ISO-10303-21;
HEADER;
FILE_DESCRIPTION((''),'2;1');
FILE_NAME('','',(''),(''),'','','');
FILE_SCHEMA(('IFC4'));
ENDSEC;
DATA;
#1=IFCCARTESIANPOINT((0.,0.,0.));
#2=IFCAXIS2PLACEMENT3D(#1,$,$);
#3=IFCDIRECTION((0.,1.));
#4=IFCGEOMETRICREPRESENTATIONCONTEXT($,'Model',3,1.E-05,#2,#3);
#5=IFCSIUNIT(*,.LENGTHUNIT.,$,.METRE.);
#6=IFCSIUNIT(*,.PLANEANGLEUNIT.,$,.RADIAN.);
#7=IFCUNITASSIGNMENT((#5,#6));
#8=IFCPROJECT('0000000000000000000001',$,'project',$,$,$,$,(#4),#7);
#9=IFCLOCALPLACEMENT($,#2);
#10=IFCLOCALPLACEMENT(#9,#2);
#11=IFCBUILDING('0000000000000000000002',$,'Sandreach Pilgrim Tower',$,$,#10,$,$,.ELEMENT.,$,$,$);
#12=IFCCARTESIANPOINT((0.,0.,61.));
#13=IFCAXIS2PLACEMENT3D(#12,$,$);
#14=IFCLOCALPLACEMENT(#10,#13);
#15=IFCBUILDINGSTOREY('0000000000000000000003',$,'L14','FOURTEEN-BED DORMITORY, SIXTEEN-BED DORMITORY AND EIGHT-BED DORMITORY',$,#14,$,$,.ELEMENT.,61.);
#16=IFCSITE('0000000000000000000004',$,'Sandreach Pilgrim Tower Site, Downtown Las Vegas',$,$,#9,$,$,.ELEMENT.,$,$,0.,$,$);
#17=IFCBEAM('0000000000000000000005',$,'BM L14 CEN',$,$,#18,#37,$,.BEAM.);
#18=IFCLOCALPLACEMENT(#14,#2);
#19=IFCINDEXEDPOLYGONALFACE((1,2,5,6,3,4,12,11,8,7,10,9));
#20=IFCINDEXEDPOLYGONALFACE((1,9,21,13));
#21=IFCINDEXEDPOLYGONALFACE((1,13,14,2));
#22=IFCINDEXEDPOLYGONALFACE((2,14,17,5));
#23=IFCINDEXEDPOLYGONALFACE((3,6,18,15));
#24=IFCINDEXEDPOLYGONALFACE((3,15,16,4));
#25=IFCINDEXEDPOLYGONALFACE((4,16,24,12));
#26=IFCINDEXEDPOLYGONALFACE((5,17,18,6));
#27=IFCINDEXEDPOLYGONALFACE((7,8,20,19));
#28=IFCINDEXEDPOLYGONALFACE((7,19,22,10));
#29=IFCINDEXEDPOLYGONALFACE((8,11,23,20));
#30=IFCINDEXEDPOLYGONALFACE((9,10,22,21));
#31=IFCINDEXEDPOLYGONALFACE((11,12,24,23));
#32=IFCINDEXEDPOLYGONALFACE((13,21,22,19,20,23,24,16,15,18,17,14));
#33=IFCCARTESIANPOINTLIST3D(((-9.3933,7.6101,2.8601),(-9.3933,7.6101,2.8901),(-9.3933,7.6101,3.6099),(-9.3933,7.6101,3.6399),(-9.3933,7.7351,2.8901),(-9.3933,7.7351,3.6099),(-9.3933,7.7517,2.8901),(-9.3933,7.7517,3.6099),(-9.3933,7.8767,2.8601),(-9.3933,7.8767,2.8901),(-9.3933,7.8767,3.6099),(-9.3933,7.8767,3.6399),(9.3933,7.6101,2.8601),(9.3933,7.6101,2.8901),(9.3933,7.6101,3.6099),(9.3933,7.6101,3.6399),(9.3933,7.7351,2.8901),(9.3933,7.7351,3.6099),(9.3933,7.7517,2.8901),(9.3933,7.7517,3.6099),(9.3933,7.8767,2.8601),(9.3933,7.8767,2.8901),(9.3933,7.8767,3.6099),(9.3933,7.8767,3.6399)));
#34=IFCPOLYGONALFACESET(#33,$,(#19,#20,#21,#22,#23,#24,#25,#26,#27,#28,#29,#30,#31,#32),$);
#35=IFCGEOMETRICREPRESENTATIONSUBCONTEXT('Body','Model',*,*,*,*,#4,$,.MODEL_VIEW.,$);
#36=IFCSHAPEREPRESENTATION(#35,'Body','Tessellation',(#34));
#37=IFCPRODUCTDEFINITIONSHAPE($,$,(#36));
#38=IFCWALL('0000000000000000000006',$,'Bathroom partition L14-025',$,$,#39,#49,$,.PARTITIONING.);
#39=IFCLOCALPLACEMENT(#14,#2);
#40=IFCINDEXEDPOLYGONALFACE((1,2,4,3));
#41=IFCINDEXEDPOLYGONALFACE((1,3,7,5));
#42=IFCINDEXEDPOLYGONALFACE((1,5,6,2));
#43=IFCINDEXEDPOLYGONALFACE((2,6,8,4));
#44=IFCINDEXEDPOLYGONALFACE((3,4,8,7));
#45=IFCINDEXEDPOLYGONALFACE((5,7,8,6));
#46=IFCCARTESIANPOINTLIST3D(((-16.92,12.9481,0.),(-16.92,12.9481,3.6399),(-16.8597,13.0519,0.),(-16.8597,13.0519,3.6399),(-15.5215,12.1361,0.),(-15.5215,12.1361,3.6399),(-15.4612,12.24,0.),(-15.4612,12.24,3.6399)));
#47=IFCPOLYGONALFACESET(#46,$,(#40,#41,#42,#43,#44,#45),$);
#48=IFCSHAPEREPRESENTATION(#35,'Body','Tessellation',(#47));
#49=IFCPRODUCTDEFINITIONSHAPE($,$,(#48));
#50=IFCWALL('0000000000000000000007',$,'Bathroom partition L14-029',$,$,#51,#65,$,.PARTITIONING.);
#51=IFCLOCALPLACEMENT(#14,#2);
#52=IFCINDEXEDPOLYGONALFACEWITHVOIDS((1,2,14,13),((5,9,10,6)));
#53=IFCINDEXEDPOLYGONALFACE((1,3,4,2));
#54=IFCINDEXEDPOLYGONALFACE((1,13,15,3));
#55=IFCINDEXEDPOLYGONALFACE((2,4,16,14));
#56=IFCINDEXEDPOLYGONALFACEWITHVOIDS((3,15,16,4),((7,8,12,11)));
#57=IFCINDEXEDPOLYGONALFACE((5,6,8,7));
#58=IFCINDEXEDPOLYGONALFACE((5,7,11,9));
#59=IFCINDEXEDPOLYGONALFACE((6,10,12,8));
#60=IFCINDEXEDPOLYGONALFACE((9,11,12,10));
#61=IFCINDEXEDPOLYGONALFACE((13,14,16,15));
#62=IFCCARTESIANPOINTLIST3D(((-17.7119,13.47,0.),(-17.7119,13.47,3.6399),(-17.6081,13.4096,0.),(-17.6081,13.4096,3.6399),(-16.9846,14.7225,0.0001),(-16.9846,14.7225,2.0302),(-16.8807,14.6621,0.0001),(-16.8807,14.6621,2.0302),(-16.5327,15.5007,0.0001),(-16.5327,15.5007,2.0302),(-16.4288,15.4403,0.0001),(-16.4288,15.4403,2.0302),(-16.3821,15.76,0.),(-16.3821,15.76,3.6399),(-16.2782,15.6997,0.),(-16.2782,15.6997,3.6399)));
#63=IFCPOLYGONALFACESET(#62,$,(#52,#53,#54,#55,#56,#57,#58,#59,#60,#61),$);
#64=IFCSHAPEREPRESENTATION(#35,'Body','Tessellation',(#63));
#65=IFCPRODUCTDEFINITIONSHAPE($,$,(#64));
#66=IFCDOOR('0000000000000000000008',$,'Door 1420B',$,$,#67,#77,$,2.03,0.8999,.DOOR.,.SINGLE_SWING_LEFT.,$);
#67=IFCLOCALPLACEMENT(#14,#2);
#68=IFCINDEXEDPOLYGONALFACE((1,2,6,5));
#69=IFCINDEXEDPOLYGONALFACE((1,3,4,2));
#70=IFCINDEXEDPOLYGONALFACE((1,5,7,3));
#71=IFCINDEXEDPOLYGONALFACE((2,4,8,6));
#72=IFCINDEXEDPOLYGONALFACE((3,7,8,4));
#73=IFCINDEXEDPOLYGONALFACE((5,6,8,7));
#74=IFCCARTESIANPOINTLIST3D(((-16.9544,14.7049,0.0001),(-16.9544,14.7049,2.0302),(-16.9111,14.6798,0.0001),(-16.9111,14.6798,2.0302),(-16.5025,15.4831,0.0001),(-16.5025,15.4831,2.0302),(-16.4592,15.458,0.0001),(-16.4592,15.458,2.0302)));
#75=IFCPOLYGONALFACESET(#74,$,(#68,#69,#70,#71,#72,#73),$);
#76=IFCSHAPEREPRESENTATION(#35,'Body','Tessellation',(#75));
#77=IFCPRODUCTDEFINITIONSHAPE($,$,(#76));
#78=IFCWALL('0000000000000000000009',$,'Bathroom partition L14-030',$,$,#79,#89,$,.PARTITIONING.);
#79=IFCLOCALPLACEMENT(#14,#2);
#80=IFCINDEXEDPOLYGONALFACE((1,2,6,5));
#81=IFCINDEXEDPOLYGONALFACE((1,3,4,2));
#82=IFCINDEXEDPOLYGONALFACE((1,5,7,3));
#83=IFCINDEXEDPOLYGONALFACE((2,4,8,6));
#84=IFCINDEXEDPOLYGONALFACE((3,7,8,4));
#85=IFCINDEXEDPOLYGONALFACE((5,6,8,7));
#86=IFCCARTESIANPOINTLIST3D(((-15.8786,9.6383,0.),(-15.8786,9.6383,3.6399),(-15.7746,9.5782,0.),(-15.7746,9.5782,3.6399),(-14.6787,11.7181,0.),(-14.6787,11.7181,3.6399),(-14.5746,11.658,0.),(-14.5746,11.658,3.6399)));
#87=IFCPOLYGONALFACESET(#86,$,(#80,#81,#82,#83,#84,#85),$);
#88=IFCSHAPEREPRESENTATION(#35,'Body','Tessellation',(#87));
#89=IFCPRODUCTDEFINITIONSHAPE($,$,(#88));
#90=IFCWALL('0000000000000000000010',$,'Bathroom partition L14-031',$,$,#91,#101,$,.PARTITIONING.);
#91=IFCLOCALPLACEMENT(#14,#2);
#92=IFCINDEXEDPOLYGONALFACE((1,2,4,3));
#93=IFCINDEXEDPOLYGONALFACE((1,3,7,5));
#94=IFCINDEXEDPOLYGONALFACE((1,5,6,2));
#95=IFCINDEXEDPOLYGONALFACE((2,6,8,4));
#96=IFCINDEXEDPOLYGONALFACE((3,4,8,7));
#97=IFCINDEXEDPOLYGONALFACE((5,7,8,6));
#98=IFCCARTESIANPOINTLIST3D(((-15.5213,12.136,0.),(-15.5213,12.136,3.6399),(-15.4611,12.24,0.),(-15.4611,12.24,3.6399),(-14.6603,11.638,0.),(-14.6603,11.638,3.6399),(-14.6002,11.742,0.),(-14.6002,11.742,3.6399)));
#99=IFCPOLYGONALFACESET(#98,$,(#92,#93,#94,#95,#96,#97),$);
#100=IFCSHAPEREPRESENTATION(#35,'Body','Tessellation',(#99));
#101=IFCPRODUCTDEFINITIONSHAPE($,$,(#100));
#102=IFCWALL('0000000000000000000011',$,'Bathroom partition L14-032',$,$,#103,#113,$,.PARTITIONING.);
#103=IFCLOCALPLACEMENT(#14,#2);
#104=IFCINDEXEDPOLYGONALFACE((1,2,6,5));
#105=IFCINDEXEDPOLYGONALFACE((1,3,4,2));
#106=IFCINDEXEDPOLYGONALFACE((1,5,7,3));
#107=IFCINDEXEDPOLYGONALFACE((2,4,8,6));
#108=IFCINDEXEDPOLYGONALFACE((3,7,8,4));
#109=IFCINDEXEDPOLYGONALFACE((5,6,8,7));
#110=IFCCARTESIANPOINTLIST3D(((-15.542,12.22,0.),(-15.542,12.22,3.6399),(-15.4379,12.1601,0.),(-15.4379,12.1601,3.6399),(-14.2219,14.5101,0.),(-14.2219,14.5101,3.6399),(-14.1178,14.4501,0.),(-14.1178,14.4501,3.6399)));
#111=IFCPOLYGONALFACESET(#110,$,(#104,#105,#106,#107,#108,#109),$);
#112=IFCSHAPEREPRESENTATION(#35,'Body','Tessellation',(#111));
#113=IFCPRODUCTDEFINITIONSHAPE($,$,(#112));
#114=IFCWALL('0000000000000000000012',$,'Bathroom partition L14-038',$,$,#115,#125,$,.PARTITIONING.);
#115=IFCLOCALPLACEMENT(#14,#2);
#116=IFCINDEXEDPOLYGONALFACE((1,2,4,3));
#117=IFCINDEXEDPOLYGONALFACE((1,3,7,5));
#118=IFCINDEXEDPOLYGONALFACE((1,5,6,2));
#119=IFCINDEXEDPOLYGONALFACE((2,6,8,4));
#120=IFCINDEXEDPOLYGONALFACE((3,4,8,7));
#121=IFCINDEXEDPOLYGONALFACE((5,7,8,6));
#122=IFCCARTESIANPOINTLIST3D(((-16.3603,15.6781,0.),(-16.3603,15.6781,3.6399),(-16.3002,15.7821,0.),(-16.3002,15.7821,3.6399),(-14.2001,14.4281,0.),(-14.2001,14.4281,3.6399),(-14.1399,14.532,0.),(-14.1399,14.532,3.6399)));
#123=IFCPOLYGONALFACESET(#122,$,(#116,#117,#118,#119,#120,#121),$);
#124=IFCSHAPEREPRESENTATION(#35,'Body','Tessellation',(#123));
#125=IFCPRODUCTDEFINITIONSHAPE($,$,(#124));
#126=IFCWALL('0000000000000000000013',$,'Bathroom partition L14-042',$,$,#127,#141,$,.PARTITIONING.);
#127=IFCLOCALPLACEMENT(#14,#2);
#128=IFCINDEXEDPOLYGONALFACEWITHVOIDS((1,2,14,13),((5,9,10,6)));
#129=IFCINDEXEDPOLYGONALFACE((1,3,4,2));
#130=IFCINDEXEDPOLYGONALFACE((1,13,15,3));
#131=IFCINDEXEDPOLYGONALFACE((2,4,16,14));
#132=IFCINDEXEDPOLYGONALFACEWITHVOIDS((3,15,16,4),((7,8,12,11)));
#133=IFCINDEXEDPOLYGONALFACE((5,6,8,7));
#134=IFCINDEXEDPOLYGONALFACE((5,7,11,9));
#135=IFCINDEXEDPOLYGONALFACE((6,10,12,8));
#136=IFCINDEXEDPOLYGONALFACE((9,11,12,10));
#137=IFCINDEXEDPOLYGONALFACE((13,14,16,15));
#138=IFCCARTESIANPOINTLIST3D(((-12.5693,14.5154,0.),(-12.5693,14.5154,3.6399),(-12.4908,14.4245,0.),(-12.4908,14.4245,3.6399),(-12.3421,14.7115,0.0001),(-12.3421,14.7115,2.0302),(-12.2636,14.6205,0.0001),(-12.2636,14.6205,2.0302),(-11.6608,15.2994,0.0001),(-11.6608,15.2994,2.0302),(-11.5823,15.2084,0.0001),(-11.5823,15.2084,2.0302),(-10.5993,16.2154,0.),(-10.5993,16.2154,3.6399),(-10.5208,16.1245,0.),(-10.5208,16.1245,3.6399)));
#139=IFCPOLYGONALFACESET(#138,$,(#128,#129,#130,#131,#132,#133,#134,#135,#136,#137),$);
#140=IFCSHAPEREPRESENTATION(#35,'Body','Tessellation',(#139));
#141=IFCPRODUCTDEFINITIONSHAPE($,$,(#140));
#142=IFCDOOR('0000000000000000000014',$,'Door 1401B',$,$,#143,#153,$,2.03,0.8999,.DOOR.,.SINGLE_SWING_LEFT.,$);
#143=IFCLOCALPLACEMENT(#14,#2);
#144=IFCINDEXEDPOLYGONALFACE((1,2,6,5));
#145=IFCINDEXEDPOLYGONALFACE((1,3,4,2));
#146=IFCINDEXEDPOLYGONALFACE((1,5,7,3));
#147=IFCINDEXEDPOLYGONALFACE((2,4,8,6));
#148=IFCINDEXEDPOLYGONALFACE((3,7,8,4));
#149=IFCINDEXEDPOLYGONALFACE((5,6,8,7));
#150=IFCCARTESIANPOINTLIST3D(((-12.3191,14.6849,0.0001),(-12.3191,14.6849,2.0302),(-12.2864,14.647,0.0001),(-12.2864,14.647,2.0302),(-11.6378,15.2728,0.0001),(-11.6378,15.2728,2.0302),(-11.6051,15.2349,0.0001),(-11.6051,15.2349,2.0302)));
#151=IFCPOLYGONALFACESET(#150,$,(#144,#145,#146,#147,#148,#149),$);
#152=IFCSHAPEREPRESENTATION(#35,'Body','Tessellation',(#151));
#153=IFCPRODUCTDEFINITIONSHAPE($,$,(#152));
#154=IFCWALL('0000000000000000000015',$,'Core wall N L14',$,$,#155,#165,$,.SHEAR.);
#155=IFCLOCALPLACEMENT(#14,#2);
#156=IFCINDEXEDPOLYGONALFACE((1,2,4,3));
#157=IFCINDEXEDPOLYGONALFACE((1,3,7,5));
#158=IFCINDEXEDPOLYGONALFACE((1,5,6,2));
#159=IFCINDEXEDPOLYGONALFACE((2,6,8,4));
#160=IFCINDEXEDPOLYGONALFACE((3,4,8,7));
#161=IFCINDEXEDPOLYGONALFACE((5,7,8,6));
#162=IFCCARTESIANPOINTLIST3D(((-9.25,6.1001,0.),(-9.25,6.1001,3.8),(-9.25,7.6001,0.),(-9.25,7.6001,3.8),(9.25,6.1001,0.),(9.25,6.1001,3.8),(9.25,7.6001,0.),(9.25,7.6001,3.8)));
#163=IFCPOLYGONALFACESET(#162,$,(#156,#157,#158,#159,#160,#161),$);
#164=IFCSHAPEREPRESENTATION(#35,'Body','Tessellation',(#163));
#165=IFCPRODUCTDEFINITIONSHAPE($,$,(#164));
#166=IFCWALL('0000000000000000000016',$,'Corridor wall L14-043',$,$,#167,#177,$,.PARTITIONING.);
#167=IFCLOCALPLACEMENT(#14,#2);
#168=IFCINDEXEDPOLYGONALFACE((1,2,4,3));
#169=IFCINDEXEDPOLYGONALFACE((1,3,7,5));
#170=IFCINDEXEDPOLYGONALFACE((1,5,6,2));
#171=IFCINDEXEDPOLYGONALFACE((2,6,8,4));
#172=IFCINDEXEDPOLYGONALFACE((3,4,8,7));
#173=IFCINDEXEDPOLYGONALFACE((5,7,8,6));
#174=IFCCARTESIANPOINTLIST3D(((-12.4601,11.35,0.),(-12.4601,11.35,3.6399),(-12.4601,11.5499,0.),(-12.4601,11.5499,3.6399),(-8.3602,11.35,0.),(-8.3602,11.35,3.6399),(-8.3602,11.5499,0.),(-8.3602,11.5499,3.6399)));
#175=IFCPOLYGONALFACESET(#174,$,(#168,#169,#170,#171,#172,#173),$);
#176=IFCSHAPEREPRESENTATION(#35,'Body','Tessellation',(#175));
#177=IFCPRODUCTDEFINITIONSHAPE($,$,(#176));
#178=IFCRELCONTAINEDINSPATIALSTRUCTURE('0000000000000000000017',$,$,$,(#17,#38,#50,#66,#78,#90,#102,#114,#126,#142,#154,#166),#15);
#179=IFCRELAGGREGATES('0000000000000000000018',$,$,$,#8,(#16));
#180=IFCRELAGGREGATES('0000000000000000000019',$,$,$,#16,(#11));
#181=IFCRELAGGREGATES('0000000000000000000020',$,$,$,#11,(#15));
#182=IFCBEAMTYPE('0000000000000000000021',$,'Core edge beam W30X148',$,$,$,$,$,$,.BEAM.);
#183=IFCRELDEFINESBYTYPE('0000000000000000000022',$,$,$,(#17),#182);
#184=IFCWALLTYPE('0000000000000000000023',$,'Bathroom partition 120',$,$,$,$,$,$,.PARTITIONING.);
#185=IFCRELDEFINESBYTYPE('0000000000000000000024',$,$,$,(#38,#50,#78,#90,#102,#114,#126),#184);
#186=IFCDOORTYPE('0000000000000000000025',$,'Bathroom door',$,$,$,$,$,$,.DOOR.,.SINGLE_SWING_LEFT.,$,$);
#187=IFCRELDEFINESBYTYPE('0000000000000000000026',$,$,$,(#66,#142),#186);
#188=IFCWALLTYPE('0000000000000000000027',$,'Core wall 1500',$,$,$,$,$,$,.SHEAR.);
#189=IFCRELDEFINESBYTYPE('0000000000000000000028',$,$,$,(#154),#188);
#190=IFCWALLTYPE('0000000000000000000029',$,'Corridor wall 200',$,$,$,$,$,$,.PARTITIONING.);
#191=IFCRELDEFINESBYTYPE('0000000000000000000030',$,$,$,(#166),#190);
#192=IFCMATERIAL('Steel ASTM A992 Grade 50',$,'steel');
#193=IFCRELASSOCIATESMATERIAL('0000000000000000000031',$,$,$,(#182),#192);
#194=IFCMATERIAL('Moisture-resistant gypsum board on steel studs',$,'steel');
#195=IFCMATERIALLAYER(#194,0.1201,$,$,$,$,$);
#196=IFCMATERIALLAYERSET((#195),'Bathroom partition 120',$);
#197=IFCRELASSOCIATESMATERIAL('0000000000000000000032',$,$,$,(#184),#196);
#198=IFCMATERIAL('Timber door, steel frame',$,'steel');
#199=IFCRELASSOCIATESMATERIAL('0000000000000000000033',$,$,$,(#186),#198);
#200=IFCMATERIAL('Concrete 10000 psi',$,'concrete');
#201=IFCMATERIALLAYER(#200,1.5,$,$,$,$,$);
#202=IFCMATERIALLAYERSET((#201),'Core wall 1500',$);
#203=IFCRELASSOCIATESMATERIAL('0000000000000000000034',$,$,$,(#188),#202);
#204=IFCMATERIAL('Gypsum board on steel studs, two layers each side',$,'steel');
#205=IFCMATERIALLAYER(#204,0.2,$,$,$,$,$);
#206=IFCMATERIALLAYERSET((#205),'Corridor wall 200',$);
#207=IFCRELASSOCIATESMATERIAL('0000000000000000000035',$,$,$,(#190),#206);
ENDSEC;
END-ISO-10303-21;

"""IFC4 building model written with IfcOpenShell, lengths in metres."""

from ifc_helpers import new_model, si_unit, direction, frame, frame_2d, origin, origin_2d, place, context, subcontext, project, spatial, rectangle, i_section, extrude, material, layer, layer_set, material_profile, profile_set, type_object, element, fill, save


model = new_model("IFC4")

# Units and contexts
model_context = context("Model", 3, precision=1e-05, world=origin(), true_north=direction((0.0, 1.0)))
body_context = subcontext(model_context, "Body", "Model", "MODEL_VIEW")
ifc_project = project(units=[si_unit("LENGTHUNIT", "METRE"), si_unit("PLANEANGLEUNIT", "RADIAN")], contexts=[model_context])

# Site, building, storey
site_placement = place(None, origin())
site = spatial("IfcSite", under=ifc_project, at=site_placement, Name="Sandreach Pilgrim Tower Site, Downtown Las Vegas", CompositionType="ELEMENT", RefElevation=0.0)
building_placement = place(site_placement, origin())
building = spatial("IfcBuilding", under=site, at=building_placement, Name="Sandreach Pilgrim Tower", CompositionType="ELEMENT")
storey_placement = place(building_placement, frame((0.0, 0.0, 61.0)))
storey = spatial("IfcBuildingStorey", under=building, at=storey_placement, Name="L14", Description="FOURTEEN-BED DORMITORY, SIXTEEN-BED DORMITORY AND EIGHT-BED DORMITORY", CompositionType="ELEMENT", Elevation=61.0)

# Beam
ifc_material_1 = material(Name="Steel ASTM A992 Grade 50", Category="steel")
ifc_material_profile = material_profile(ifc_material_1, i_section(OverallWidth=0.2666, OverallDepth=0.7798, WebThickness=0.0166, FlangeThickness=0.03, at=origin_2d()), Name="W30X148")
ifc_profile_set = profile_set([ifc_material_profile], Name="Steel ASTM A992 Grade 50")
beam_type = type_object("IfcBeamType", Name="Core edge beam W30X148", PredefinedType="BEAM", material=ifc_profile_set)
beam_placement = place(storey_placement, frame((-9.3933, 7.7434, 3.25), z_axis=(1.0, 0.0, 0.0), x_axis=(0.0, 1.0, 0.0)))
element("IfcBeam", 1, at=beam_placement, inside=storey, type_object=beam_type, Name="BM L14 CEN", PredefinedType="BEAM", context=body_context, shape_type="SweptSolid", body=[
    extrude(i_section(OverallWidth=0.2666, OverallDepth=0.7798, WebThickness=0.0166, FlangeThickness=0.03, at=origin_2d()), origin(), (0.0, 0.0, 1.0), 18.7866),
])

# Wall
ifc_material_2 = material(Name="Moisture-resistant gypsum board on steel studs", Category="steel")
ifc_layer_1 = layer(ifc_material_2, 0.1201)
ifc_layer_set_1 = layer_set([ifc_layer_1], Name="Bathroom partition 120")
wall_type_1 = type_object("IfcWallType", Name="Bathroom partition 120", PredefinedType="PARTITIONING", material=ifc_layer_set_1)
wall_1_placement = place(storey_placement, frame((-16.8899, 13.0, 0.0), z_axis=(0.0, 0.0, 1.0), x_axis=(0.864823, -0.502077, 0.0)))
element("IfcWall", 2, at=wall_1_placement, inside=storey, type_object=wall_type_1, Name="Bathroom partition L14-025", PredefinedType="PARTITIONING", context=body_context, shape_type="SweptSolid", body=[
    extrude(rectangle(XDim=1.6172, YDim=0.1201, at=frame_2d((0.8086, 0.0))), origin(), (0.0, 0.0, 1.0), 3.6399),
])

# Wall, opening, door
wall_2_placement = place(storey_placement, frame((-16.3301, 15.73, 0.0), z_axis=(0.0, 0.0, 1.0), x_axis=(-0.502173, -0.864767, 0.0)))
wall_2 = element("IfcWall", 3, at=wall_2_placement, inside=storey, type_object=wall_type_1, Name="Bathroom partition L14-029", PredefinedType="PARTITIONING", context=body_context, shape_type="SweptSolid", body=[
    extrude(rectangle(XDim=2.6482, YDim=0.1201, at=frame_2d((1.3242, 0.0))), origin(), (0.0, 0.0, 1.0), 3.6399),
])
opening_1_placement = place(wall_2_placement, frame((0.3, 0.0, 0.0)))
opening_1 = element("IfcOpeningElement", 4, at=opening_1_placement, cuts=wall_2, PredefinedType="OPENING", context=body_context, shape_type="SweptSolid", body=[
    extrude(rectangle(XDim=0.8999, YDim=2.03, at=frame_2d((0.45, 1.0151))), frame((0.0, 0.0601, 0.0), z_axis=(0.0, -1.0, 0.0), x_axis=(1.0, 0.0, 0.0)), (0.0, 0.0, 1.0), 0.1201),
])
ifc_material_3 = material(Name="Timber door, steel frame", Category="steel")
door_type_1 = type_object("IfcDoorType", Name="Bathroom door", OperationType="SINGLE_SWING_LEFT", PredefinedType="DOOR", material=ifc_material_3)
door_1_placement = place(opening_1_placement, origin())
door_1 = element("IfcDoor", 5, at=door_1_placement, inside=storey, type_object=door_type_1, Name="Door 1420B", OperationType="SINGLE_SWING_LEFT", OverallHeight=2.03, OverallWidth=0.8999, PredefinedType="DOOR", context=body_context, shape_type="SweptSolid", body=[
    extrude(rectangle(XDim=0.8999, YDim=2.03, at=frame_2d((0.45, 1.0151))), frame((0.0, 0.0249, 0.0), z_axis=(0.0, -1.0, 0.0), x_axis=(1.0, 0.0, 0.0)), (0.0, 0.0, 1.0), 0.05),
])
fill(opening_1, door_1)

# Walls
wall_3_placement = place(storey_placement, frame((-15.8267, 9.6082, 0.0), z_axis=(0.0, 0.0, 1.0), x_axis=(0.499737, 0.866177, 0.0)))
element("IfcWall", 6, at=wall_3_placement, inside=storey, type_object=wall_type_1, Name="Bathroom partition L14-030", PredefinedType="PARTITIONING", context=body_context, shape_type="SweptSolid", body=[
    extrude(rectangle(XDim=2.4011, YDim=0.1201, at=frame_2d((1.2007, 0.0))), origin(), (0.0, 0.0, 1.0), 3.6399),
])
wall_4_placement = place(storey_placement, frame((-15.4912, 12.188, 0.0), z_axis=(0.0, 0.0, 1.0), x_axis=(0.865633, -0.500678, 0.0)))
element("IfcWall", 7, at=wall_4_placement, inside=storey, type_object=wall_type_1, Name="Bathroom partition L14-031", PredefinedType="PARTITIONING", context=body_context, shape_type="SweptSolid", body=[
    extrude(rectangle(XDim=0.9946, YDim=0.1201, at=frame_2d((0.4973, 0.0))), origin(), (0.0, 0.0, 1.0), 3.6399),
])
wall_5_placement = place(storey_placement, frame((-15.49, 12.1899, 0.0), z_axis=(0.0, 0.0, 1.0), x_axis=(0.499408, 0.866367, 0.0)))
element("IfcWall", 8, at=wall_5_placement, inside=storey, type_object=wall_type_1, Name="Bathroom partition L14-032", PredefinedType="PARTITIONING", context=body_context, shape_type="SweptSolid", body=[
    extrude(rectangle(XDim=2.6433, YDim=0.1201, at=frame_2d((1.3218, 0.0))), origin(), (0.0, 0.0, 1.0), 3.6399),
])
wall_6_placement = place(storey_placement, frame((-14.1699, 14.48, 0.0), z_axis=(0.0, 0.0, 1.0), x_axis=(-0.865533, 0.500851, 0.0)))
element("IfcWall", 9, at=wall_6_placement, inside=storey, type_object=wall_type_1, Name="Bathroom partition L14-038", PredefinedType="PARTITIONING", context=body_context, shape_type="SweptSolid", body=[
    extrude(rectangle(XDim=2.4958, YDim=0.1201, at=frame_2d((1.248, 0.0))), origin(), (0.0, 0.0, 1.0), 3.6399),
])

# Wall, opening, door
wall_7_placement = place(storey_placement, frame((-12.53, 14.47, 0.0), z_axis=(0.0, 0.0, 1.0), x_axis=(0.757087, 0.653314, 0.0)))
wall_7 = element("IfcWall", 10, at=wall_7_placement, inside=storey, type_object=wall_type_1, Name="Bathroom partition L14-042", PredefinedType="PARTITIONING", context=body_context, shape_type="SweptSolid", body=[
    extrude(rectangle(XDim=2.6021, YDim=0.1201, at=frame_2d((1.301, 0.0))), origin(), (0.0, 0.0, 1.0), 3.6399),
])
opening_2_placement = place(wall_7_placement, frame((0.3, 0.0, 0.0)))
opening_2 = element("IfcOpeningElement", 11, at=opening_2_placement, cuts=wall_7, PredefinedType="OPENING", context=body_context, shape_type="SweptSolid", body=[
    extrude(rectangle(XDim=0.8999, YDim=2.03, at=frame_2d((0.45, 1.0151))), frame((0.0, 0.0601, 0.0), z_axis=(0.0, -1.0, 0.0), x_axis=(1.0, 0.0, 0.0)), (0.0, 0.0, 1.0), 0.1201),
])
door_2_placement = place(opening_2_placement, origin())
door_2 = element("IfcDoor", 12, at=door_2_placement, inside=storey, type_object=door_type_1, Name="Door 1401B", OperationType="SINGLE_SWING_LEFT", OverallHeight=2.03, OverallWidth=0.8999, PredefinedType="DOOR", context=body_context, shape_type="SweptSolid", body=[
    extrude(rectangle(XDim=0.8999, YDim=2.03, at=frame_2d((0.45, 1.0151))), frame((0.0, 0.0249, 0.0), z_axis=(0.0, -1.0, 0.0), x_axis=(1.0, 0.0, 0.0)), (0.0, 0.0, 1.0), 0.05),
])
fill(opening_2, door_2)

# Wall
ifc_material_4 = material(Name="Concrete 10000 psi", Category="concrete")
ifc_layer_2 = layer(ifc_material_4, 1.5)
ifc_layer_set_2 = layer_set([ifc_layer_2], Name="Core wall 1500")
wall_type_2 = type_object("IfcWallType", Name="Core wall 1500", PredefinedType="SHEAR", material=ifc_layer_set_2)
wall_8_placement = place(storey_placement, frame((-9.25, 6.8501, 0.0), z_axis=(0.0, 0.0, 1.0), x_axis=(1.0, 0.0, 0.0)))
element("IfcWall", 13, at=wall_8_placement, inside=storey, type_object=wall_type_2, Name="Core wall N L14", PredefinedType="SHEAR", context=body_context, shape_type="SweptSolid", body=[
    extrude(rectangle(XDim=18.5, YDim=1.5, at=frame_2d((9.25, 0.0))), origin(), (0.0, 0.0, 1.0), 3.8),
])

# Shared definitions
ifc_material_5 = material(Name="Gypsum board on steel studs, two layers each side", Category="steel")
ifc_layer_3 = layer(ifc_material_5, 0.2)
ifc_layer_set_3 = layer_set([ifc_layer_3], Name="Corridor wall 200")
wall_type_3 = type_object("IfcWallType", Name="Corridor wall 200", PredefinedType="PARTITIONING", material=ifc_layer_set_3)

# Wall
wall_9_placement = place(storey_placement, frame((-12.46, 11.45, 0.0), z_axis=(0.0, 0.0, 1.0), x_axis=(1.0, 0.0, 0.0)))
element("IfcWall", 14, at=wall_9_placement, inside=storey, type_object=wall_type_3, Name="Corridor wall L14-043", PredefinedType="PARTITIONING", context=body_context, shape_type="SweptSolid", body=[
    extrude(rectangle(XDim=4.0999, YDim=0.2, at=frame_2d((2.0498, 0.0))), origin(), (0.0, 0.0, 1.0), 3.6399),
])

save(model, "model.ifc")
